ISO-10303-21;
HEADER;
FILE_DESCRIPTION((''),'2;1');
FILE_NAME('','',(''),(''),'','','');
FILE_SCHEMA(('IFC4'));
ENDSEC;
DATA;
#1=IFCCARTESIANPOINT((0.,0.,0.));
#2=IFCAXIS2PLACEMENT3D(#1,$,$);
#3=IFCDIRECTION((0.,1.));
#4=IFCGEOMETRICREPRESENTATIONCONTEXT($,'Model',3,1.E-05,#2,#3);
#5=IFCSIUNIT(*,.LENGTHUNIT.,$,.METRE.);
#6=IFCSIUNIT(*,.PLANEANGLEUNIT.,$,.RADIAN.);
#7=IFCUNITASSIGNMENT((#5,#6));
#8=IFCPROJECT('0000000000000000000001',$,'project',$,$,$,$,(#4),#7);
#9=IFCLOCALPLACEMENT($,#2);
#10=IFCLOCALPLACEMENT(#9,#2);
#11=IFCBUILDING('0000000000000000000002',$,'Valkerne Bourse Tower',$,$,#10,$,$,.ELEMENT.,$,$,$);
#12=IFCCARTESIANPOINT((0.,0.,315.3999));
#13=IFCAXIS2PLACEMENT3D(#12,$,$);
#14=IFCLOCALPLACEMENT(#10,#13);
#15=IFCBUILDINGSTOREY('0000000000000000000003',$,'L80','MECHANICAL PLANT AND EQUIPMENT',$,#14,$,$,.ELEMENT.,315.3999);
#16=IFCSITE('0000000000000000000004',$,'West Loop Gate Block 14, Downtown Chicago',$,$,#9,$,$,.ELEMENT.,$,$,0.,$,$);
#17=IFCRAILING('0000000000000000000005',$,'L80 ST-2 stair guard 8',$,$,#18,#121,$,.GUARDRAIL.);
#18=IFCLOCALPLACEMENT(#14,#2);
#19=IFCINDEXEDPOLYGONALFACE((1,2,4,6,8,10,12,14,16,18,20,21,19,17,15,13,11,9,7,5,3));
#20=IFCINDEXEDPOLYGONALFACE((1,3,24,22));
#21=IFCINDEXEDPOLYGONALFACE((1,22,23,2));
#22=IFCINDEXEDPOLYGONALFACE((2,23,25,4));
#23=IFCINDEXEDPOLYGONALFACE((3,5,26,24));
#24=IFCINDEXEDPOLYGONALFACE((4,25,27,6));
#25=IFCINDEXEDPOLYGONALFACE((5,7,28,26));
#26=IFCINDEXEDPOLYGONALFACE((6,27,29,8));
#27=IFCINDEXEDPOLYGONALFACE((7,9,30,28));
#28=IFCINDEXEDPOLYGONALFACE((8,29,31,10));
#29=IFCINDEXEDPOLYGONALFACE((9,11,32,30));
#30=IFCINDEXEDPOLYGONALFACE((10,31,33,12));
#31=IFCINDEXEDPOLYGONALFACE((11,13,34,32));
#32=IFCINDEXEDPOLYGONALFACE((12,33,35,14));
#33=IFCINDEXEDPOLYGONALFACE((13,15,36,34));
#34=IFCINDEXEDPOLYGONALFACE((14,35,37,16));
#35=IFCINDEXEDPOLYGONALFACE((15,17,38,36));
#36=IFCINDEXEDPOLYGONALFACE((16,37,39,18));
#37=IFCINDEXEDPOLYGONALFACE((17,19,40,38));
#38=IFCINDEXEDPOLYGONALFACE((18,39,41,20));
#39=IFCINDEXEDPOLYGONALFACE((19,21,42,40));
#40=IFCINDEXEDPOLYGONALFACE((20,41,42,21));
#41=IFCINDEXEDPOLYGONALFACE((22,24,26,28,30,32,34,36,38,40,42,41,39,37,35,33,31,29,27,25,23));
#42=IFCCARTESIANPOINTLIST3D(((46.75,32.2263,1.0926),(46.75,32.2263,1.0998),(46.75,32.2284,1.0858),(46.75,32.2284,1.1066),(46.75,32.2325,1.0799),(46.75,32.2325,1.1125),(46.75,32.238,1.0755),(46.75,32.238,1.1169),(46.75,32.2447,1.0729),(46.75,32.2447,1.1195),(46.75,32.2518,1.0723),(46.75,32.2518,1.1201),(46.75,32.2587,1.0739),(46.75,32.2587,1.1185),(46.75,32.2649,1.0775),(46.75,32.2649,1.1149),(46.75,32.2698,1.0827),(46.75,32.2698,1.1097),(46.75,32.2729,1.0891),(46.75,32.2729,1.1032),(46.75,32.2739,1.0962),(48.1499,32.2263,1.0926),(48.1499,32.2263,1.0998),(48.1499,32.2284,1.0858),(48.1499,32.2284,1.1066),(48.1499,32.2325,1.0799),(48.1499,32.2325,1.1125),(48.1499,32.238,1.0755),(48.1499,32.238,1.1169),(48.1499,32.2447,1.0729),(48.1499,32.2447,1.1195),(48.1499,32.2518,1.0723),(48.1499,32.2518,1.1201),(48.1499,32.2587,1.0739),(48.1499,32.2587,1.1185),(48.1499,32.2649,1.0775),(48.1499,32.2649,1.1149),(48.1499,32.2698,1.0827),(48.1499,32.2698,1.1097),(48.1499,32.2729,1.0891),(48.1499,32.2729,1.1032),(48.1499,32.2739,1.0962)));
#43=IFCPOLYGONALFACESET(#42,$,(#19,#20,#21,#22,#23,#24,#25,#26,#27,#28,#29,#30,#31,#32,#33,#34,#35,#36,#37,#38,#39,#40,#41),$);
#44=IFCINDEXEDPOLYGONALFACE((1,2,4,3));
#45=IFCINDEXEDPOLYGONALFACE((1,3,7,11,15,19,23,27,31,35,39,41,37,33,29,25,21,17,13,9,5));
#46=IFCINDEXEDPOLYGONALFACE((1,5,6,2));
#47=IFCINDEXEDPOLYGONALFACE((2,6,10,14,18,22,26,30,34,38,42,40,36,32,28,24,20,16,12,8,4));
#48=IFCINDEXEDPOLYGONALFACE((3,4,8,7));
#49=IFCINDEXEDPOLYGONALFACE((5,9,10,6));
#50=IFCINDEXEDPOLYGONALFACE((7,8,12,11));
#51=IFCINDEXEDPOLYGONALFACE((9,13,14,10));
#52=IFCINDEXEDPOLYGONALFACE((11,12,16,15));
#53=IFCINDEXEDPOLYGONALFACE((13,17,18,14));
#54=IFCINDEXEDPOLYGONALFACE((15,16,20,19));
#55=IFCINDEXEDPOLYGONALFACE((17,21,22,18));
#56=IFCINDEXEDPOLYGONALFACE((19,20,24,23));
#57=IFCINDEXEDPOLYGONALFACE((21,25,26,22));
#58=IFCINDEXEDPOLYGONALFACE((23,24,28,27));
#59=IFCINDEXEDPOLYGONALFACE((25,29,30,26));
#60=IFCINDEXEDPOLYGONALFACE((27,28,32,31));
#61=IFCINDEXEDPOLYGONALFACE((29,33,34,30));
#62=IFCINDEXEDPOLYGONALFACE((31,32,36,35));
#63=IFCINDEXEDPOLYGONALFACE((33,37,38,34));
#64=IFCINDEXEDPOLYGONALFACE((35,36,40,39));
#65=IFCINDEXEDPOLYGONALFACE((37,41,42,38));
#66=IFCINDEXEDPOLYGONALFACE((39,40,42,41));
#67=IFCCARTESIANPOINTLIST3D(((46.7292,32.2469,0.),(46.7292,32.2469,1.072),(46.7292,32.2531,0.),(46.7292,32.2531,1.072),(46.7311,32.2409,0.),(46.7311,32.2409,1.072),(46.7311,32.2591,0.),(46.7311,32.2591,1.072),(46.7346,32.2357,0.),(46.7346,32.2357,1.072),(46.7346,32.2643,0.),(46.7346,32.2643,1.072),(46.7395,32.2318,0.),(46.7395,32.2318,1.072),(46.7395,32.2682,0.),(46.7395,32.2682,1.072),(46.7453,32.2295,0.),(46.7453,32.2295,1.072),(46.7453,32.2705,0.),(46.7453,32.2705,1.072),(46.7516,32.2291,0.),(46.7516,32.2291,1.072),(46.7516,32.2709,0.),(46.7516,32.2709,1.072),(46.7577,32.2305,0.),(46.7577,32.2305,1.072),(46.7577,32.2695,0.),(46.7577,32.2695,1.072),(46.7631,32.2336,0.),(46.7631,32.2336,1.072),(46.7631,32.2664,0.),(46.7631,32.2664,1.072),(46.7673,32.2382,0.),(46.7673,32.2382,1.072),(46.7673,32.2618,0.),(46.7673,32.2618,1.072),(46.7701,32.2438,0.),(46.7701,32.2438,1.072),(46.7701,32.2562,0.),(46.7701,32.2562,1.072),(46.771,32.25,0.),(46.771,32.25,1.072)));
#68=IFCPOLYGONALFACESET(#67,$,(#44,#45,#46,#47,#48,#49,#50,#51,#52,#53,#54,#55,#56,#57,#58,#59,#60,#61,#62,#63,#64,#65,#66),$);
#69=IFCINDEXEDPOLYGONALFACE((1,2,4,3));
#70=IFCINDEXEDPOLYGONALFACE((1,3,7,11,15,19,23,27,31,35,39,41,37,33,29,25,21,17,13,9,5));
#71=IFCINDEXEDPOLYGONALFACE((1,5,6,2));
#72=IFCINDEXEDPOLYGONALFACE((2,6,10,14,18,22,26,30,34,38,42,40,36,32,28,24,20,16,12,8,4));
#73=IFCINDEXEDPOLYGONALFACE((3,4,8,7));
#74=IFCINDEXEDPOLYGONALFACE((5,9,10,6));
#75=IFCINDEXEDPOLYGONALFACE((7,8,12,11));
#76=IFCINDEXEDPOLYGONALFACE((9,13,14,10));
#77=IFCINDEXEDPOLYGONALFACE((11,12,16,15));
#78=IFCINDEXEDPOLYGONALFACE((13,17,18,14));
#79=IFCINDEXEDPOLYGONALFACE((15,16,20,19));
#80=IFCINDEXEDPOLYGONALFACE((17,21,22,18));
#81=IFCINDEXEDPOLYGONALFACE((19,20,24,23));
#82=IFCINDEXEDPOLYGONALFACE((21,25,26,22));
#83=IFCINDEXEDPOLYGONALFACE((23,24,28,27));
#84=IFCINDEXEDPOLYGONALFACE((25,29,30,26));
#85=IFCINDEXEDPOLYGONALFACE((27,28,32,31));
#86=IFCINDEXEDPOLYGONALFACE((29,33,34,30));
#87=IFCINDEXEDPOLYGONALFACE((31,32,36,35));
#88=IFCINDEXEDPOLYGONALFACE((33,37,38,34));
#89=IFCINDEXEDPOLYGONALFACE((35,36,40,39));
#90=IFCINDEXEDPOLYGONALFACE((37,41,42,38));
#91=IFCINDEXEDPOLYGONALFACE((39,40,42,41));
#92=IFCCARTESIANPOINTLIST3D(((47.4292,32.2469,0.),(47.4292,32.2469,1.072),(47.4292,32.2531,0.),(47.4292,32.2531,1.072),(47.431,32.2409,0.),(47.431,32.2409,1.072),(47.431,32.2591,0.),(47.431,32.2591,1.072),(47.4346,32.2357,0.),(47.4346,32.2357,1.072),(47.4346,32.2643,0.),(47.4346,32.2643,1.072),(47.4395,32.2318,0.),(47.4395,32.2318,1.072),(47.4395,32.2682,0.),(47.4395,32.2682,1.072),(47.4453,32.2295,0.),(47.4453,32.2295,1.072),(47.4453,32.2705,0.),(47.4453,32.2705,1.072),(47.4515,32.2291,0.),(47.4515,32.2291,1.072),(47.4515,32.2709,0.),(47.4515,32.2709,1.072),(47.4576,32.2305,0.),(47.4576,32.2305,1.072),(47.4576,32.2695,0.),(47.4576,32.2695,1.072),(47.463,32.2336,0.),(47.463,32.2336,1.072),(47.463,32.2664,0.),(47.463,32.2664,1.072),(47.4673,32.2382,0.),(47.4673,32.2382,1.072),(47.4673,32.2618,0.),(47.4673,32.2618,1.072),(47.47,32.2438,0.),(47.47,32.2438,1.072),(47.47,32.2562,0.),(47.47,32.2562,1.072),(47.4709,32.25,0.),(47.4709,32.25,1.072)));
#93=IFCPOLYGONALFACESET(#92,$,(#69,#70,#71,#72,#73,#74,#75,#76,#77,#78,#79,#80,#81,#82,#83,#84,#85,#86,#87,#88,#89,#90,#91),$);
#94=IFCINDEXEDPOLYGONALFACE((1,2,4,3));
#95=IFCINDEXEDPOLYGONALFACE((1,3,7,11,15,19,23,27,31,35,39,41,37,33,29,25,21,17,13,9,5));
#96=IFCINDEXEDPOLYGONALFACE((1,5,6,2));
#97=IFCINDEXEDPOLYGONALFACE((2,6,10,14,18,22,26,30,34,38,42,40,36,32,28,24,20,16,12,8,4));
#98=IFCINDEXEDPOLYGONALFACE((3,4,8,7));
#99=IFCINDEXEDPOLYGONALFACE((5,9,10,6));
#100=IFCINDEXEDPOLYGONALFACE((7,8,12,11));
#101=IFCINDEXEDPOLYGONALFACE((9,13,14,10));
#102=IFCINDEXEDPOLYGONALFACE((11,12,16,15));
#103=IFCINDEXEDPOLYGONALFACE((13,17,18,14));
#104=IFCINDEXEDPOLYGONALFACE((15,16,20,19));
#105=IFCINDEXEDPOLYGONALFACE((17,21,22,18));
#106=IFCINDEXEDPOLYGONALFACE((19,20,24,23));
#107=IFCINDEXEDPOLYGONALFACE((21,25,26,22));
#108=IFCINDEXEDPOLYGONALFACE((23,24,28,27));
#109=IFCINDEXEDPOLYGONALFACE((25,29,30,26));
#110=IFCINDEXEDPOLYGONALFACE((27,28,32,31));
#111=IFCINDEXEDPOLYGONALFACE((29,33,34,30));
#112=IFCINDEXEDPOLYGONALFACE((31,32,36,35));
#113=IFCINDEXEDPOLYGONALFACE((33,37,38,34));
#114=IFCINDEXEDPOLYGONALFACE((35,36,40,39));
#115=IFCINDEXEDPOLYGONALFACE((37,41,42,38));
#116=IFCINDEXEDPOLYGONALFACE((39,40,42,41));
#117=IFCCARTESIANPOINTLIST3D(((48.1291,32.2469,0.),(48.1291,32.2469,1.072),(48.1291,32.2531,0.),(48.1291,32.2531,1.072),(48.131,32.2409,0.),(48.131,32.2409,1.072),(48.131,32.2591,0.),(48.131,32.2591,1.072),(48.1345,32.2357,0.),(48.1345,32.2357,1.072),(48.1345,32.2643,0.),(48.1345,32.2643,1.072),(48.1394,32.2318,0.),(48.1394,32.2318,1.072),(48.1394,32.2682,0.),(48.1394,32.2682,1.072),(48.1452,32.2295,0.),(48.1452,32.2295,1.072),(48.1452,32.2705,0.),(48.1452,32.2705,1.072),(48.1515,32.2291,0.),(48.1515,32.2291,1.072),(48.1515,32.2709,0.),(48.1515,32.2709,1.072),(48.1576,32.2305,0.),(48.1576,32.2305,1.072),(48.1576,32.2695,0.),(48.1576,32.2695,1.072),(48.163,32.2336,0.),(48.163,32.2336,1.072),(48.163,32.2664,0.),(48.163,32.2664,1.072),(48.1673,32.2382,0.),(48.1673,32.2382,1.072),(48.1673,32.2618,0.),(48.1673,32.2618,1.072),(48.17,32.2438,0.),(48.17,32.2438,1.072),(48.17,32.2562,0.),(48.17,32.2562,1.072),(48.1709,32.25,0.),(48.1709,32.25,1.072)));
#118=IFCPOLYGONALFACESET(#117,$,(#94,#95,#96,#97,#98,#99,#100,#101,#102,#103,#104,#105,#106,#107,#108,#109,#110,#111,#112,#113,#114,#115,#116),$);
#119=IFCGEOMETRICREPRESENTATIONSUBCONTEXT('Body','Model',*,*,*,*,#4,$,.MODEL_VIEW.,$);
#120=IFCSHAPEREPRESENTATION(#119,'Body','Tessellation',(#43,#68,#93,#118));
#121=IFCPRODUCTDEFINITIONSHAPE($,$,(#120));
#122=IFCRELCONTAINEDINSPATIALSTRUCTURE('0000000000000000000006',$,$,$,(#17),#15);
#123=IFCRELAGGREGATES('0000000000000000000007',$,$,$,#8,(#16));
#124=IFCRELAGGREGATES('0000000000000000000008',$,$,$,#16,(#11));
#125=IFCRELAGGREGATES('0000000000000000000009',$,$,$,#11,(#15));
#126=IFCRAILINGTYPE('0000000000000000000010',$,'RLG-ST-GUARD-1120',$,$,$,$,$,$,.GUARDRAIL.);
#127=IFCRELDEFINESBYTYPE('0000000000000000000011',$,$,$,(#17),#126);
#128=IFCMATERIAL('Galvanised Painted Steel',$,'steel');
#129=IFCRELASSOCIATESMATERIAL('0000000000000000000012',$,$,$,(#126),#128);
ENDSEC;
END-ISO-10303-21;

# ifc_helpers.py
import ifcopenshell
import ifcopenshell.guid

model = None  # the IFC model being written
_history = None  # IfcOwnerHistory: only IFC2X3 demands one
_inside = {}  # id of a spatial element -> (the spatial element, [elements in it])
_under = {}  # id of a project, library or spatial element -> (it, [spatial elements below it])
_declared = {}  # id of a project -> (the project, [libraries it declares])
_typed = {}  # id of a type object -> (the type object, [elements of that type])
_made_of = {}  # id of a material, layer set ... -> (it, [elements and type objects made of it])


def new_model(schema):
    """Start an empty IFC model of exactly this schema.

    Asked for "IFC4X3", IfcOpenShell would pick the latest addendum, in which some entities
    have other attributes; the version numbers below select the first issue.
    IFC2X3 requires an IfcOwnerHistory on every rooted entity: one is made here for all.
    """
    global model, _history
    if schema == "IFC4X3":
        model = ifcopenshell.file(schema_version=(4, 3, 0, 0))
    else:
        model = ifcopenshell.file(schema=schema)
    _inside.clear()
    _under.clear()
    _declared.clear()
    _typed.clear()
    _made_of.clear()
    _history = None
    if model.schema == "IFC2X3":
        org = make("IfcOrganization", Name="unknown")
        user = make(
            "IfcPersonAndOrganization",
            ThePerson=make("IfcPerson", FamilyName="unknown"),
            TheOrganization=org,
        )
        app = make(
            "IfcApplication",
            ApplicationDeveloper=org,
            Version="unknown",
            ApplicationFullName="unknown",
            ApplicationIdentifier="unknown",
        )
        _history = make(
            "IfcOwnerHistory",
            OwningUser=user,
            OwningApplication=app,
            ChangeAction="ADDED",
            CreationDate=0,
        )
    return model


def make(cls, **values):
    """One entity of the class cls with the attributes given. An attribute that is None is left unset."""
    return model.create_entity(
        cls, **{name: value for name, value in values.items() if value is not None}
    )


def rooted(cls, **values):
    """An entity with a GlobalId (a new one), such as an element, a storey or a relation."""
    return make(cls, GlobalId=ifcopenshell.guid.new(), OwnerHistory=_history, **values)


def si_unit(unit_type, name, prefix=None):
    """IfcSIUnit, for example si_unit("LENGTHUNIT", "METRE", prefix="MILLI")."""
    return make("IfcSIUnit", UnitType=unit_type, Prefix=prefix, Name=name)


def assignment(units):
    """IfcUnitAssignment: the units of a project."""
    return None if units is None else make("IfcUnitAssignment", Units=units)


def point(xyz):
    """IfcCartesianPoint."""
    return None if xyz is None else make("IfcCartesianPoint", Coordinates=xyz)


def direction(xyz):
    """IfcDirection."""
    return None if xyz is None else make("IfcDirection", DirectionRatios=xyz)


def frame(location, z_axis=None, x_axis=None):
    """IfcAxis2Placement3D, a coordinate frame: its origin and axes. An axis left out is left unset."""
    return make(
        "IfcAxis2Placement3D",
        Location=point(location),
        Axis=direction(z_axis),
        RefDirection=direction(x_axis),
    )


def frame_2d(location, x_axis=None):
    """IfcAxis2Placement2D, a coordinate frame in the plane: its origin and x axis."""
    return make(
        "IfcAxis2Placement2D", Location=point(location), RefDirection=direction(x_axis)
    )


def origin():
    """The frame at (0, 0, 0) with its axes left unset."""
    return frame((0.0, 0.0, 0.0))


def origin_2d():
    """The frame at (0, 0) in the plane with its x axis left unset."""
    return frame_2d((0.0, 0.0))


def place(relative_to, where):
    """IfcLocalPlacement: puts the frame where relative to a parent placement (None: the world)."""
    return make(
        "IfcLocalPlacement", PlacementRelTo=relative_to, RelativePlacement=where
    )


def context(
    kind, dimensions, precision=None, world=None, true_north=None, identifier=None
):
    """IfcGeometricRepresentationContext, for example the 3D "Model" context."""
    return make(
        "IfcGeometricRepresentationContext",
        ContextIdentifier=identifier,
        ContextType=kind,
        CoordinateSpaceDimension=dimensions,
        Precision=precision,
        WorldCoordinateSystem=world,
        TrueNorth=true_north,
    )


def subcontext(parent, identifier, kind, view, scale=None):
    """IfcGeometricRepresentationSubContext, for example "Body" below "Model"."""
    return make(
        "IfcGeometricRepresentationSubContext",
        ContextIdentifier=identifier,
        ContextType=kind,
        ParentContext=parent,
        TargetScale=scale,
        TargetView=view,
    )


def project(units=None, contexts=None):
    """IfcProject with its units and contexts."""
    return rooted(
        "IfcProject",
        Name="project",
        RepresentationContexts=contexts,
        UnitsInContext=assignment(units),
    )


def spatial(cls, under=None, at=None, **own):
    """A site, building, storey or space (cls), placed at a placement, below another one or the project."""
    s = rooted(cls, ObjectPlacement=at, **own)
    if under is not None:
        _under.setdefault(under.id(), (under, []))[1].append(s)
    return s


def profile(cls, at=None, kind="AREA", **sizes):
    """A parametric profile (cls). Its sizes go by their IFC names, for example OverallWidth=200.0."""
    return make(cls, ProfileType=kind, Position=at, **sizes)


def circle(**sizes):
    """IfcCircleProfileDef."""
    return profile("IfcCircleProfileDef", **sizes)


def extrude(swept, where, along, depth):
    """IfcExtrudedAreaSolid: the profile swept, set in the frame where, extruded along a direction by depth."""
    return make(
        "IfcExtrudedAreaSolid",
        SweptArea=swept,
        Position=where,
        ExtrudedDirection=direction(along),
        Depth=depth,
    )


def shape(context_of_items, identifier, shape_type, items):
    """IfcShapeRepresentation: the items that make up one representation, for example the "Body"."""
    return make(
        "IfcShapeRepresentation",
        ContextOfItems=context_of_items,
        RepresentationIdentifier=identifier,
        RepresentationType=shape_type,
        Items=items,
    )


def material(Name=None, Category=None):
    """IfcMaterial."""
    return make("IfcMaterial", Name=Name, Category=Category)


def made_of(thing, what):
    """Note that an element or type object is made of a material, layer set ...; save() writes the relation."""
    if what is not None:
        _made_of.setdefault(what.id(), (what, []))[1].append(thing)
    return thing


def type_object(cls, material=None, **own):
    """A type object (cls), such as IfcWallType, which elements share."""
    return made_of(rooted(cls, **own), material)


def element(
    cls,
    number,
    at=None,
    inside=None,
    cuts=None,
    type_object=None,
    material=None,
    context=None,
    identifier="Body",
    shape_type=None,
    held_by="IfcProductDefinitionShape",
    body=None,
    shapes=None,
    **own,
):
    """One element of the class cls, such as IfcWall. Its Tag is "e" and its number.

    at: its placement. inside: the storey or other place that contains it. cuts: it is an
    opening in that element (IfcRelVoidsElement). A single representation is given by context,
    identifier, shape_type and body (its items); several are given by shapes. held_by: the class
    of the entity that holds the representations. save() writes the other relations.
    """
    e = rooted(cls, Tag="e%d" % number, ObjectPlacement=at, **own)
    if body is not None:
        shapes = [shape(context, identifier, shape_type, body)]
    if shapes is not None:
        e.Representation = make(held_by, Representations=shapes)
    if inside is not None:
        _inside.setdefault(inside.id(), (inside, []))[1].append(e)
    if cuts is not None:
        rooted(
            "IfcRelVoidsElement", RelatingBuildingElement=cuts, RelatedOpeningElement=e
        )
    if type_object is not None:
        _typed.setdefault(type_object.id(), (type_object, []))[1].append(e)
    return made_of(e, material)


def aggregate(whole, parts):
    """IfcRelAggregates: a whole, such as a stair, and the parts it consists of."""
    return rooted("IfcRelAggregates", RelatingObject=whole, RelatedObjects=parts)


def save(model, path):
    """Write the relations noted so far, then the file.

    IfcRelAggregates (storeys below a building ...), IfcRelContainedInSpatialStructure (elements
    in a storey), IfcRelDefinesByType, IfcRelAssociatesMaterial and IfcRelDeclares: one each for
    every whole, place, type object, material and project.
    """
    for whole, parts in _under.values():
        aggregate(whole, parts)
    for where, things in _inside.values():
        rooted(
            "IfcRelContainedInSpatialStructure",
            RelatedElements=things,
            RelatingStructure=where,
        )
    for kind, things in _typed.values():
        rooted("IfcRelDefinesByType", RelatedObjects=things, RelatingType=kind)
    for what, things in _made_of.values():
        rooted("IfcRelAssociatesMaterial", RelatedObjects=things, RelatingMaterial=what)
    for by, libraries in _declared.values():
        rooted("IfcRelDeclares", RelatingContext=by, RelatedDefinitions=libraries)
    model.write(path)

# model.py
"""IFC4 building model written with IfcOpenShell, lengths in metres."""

from ifc_helpers import new_model, si_unit, direction, frame, origin, origin_2d, place, context, subcontext, project, spatial, circle, extrude, material, type_object, element, save


model = new_model("IFC4")

# Units and contexts
model_context = context("Model", 3, precision=1e-05, world=origin(), true_north=direction((0.0, 1.0)))
body_context = subcontext(model_context, "Body", "Model", "MODEL_VIEW")
ifc_project = project(units=[si_unit("LENGTHUNIT", "METRE"), si_unit("PLANEANGLEUNIT", "RADIAN")], contexts=[model_context])

# Site, building, storey
site_placement = place(None, origin())
site = spatial("IfcSite", under=ifc_project, at=site_placement, Name="West Loop Gate Block 14, Downtown Chicago", CompositionType="ELEMENT", RefElevation=0.0)
building_placement = place(site_placement, origin())
building = spatial("IfcBuilding", under=site, at=building_placement, Name="Valkerne Bourse Tower", CompositionType="ELEMENT")
storey_placement = place(building_placement, frame((0.0, 0.0, 315.3999)))
storey = spatial("IfcBuildingStorey", under=building, at=storey_placement, Name="L80", Description="MECHANICAL PLANT AND EQUIPMENT", CompositionType="ELEMENT", Elevation=315.3999)

# Railing
ifc_material_1 = material(Name="Galvanised Painted Steel", Category="steel")
railing_type_1 = type_object("IfcRailingType", Name="RLG-ST-GUARD-1120", PredefinedType="GUARDRAIL", material=ifc_material_1)
railing_1_placement = place(storey_placement, frame((46.75, 32.25, 0.0)))
element("IfcRailing", 1, at=railing_1_placement, inside=storey, type_object=railing_type_1, Name="L80 ST-2 stair guard 8", PredefinedType="GUARDRAIL", context=body_context, shape_type="SweptSolid", body=[
    extrude(circle(Radius=0.0239, at=origin_2d()), frame((0.0, 0.0, 1.0962), z_axis=(1.0, 0.0, 0.0), x_axis=(0.0, 1.0, 0.0)), (0.0, 0.0, 1.0), 1.3999),
    extrude(circle(Radius=0.021, at=origin_2d()), origin(), (0.0, 0.0, 1.0), 1.072),
    extrude(circle(Radius=0.021, at=origin_2d()), frame((0.7, 0.0, 0.0)), (0.0, 0.0, 1.0), 1.072),
    extrude(circle(Radius=0.021, at=origin_2d()), frame((1.3999, 0.0, 0.0)), (0.0, 0.0, 1.0), 1.072),
])

save(model, "model.ifc")
